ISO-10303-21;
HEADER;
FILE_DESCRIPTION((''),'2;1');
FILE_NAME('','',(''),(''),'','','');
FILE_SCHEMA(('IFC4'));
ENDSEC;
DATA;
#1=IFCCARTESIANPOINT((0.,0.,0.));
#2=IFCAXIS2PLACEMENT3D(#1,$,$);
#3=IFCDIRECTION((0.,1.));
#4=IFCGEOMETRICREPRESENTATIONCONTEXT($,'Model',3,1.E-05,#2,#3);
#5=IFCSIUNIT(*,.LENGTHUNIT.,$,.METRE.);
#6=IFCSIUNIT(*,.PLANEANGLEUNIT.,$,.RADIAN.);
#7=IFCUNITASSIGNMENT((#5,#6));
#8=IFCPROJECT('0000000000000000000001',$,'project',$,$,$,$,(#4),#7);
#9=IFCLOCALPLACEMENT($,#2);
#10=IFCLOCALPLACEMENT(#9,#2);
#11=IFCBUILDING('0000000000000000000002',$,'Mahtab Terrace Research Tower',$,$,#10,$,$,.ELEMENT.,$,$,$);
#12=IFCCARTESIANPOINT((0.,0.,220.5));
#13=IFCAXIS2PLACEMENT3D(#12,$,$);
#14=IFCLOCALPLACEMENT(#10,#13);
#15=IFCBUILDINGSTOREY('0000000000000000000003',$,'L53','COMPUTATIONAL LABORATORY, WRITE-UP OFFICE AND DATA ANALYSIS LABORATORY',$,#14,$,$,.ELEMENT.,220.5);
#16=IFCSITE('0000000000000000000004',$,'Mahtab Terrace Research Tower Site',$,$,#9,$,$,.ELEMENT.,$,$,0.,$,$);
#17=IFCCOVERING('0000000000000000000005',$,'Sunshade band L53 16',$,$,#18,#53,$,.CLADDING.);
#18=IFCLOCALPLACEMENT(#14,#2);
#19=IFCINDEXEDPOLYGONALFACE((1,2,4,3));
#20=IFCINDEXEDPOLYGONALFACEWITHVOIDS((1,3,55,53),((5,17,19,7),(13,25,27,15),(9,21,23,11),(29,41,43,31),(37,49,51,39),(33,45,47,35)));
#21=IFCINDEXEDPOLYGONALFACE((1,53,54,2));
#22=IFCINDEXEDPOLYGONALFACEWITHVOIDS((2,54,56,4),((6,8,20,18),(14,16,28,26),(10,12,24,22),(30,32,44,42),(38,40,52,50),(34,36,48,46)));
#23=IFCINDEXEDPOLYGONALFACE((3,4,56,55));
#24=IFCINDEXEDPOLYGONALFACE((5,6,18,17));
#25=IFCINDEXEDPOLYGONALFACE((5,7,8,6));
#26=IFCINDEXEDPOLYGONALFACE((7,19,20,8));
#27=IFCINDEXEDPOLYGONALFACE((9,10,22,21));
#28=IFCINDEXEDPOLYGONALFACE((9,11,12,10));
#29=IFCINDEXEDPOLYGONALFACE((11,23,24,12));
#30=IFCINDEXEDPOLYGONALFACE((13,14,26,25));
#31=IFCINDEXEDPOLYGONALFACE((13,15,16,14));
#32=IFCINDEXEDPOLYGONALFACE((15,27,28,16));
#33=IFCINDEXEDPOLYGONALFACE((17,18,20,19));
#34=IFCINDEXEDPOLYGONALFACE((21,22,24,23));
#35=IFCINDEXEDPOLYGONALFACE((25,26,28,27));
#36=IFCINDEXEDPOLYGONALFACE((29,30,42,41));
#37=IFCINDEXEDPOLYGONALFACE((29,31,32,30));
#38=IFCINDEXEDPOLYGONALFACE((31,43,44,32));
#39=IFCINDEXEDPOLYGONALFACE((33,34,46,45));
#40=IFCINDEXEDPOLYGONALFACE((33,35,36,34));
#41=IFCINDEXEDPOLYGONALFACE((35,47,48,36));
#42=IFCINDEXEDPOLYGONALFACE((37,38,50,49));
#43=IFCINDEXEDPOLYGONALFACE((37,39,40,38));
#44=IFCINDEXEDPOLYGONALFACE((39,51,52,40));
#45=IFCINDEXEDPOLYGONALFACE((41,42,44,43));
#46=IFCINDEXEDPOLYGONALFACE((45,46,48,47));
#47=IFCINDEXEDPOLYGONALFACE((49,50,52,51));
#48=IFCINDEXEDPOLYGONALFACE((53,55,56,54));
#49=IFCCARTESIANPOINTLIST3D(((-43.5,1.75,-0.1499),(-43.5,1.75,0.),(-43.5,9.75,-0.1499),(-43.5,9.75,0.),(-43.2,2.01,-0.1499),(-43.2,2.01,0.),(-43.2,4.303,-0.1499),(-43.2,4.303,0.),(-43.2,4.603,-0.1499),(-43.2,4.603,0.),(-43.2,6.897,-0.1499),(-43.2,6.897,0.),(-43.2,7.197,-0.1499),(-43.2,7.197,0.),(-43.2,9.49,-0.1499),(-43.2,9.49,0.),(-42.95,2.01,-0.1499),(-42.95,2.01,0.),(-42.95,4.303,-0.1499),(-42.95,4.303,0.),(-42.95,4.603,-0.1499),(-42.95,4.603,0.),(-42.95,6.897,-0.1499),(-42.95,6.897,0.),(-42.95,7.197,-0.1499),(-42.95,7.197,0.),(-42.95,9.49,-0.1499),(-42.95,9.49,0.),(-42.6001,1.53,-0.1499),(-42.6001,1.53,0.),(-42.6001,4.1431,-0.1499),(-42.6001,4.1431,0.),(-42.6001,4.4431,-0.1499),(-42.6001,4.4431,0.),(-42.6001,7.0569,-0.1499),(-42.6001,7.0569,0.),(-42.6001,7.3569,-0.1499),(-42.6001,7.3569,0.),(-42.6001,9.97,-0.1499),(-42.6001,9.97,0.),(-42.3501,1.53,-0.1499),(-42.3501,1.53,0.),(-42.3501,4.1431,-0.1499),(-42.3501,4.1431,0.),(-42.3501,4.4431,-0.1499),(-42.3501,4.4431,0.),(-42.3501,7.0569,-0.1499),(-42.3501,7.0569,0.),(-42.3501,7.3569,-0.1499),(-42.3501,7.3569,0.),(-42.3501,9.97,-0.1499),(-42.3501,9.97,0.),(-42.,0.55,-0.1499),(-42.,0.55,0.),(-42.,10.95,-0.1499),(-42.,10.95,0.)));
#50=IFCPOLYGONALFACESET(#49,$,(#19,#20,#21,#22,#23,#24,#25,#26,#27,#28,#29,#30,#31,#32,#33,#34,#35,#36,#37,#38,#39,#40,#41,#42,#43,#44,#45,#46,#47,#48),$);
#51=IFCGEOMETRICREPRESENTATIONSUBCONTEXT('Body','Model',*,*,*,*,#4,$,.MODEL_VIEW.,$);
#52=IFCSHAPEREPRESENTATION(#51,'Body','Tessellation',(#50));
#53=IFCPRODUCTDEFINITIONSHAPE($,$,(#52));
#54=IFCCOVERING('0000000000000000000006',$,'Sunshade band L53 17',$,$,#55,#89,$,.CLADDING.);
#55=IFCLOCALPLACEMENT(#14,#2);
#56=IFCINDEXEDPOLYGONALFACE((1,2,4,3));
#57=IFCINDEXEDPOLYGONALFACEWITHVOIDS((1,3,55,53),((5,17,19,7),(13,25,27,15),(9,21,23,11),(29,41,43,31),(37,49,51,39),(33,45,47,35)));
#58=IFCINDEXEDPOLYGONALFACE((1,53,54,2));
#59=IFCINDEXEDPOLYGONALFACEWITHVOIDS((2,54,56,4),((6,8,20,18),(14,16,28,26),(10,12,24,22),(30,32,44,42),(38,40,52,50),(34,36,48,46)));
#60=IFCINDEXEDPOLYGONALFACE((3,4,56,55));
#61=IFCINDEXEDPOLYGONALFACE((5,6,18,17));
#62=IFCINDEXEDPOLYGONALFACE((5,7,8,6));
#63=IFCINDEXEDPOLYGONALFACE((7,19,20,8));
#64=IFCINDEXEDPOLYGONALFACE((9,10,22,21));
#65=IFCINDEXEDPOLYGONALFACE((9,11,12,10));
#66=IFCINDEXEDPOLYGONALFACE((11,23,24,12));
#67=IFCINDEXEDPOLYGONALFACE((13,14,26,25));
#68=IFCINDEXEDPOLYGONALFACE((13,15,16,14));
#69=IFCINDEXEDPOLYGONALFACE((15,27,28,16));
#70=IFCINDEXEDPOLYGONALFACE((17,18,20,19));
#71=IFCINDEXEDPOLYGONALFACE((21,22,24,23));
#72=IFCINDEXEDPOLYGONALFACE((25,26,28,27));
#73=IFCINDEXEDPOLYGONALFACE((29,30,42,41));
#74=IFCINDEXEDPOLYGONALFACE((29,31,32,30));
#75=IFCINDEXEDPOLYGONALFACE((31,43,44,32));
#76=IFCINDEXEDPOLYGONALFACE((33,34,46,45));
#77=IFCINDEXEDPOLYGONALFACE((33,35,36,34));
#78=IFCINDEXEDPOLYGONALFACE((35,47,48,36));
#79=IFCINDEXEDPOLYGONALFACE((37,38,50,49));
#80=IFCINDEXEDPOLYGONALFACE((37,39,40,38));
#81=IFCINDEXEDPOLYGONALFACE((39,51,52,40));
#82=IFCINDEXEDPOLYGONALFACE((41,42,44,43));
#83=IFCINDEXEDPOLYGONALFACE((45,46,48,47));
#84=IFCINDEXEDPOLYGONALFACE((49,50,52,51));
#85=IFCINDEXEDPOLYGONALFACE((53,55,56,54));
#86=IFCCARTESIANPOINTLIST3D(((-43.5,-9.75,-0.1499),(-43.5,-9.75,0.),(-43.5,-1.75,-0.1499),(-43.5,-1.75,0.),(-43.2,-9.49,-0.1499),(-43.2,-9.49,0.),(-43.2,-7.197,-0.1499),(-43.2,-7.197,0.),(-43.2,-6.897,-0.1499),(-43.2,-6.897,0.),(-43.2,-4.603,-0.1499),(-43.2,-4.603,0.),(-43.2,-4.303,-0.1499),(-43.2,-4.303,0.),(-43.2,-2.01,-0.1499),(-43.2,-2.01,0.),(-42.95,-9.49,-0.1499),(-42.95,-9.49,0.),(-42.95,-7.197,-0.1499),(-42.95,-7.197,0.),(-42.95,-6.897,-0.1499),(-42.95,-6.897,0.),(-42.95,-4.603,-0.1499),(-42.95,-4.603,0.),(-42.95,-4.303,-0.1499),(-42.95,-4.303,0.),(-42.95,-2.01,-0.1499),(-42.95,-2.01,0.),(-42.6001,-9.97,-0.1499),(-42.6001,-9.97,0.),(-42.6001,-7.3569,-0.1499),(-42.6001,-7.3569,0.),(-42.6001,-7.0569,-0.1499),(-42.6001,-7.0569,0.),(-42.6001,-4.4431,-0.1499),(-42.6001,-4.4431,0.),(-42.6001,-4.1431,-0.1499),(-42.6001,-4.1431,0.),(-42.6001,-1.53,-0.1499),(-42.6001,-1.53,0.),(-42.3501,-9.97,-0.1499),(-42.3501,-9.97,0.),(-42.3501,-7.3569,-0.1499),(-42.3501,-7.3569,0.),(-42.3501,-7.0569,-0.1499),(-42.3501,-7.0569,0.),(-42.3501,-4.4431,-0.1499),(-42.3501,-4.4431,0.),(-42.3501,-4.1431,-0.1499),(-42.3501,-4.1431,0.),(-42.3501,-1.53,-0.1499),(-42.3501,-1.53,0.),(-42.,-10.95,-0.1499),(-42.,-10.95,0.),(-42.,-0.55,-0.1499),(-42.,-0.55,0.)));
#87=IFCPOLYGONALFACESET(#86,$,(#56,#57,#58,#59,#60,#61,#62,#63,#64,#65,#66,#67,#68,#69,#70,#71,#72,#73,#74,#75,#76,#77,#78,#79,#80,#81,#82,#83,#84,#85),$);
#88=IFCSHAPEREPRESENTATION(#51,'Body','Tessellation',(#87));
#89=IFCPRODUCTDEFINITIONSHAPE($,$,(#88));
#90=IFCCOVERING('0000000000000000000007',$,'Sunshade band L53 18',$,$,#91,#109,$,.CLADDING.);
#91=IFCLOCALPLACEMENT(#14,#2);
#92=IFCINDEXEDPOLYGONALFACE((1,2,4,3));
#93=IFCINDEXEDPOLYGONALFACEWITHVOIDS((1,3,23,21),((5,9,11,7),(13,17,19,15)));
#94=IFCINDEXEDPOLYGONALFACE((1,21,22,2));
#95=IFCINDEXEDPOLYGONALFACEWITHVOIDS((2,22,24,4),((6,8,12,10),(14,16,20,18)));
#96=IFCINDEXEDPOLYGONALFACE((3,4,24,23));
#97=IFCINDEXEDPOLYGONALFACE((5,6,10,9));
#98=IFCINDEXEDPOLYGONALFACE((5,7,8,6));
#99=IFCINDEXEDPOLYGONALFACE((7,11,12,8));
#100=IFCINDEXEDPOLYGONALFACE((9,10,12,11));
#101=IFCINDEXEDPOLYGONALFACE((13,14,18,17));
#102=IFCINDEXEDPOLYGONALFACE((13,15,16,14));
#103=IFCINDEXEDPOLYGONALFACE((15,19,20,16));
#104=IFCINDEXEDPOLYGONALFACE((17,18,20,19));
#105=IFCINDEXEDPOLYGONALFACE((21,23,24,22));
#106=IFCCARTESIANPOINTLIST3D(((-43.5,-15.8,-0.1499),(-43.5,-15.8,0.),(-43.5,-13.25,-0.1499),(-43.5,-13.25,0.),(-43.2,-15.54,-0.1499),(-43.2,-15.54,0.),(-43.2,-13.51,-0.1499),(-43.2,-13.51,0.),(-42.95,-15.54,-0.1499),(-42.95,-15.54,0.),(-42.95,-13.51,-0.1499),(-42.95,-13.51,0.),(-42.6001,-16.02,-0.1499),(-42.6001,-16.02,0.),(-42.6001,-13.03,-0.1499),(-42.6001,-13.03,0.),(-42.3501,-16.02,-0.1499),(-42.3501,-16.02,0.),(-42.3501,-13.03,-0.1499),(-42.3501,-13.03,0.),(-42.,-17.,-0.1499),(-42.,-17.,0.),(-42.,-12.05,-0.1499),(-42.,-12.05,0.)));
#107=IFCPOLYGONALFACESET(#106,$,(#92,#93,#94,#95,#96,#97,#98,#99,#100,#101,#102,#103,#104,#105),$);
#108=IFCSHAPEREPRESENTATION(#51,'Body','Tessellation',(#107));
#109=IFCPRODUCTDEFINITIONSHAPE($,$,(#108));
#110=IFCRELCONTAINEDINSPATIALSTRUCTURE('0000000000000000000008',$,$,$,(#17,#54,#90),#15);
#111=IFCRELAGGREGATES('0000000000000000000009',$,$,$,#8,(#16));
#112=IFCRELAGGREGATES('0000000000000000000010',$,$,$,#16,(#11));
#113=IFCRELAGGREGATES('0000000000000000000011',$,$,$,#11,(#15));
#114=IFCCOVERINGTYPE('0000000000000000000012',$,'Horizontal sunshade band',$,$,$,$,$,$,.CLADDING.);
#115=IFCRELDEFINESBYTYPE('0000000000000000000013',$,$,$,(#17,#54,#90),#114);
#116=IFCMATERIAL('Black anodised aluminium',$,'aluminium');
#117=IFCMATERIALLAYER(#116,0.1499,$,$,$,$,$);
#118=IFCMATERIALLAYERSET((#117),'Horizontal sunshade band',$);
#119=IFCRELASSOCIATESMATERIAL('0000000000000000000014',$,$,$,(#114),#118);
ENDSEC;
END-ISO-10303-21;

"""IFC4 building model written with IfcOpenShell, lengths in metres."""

from ifc_helpers import new_model, si_unit, direction, frame, origin, place, context, subcontext, project, spatial, polyline, outline, extrude, material, layer, layer_set, type_object, element, save


model = new_model("IFC4")

# Units and contexts
model_context = context("Model", 3, precision=1e-05, world=origin(), true_north=direction((0.0, 1.0)))
body_context = subcontext(model_context, "Body", "Model", "MODEL_VIEW")
ifc_project = project(units=[si_unit("LENGTHUNIT", "METRE"), si_unit("PLANEANGLEUNIT", "RADIAN")], contexts=[model_context])

# Site, building, storey
site_placement = place(None, origin())
site = spatial("IfcSite", under=ifc_project, at=site_placement, Name="Mahtab Terrace Research Tower Site", CompositionType="ELEMENT", RefElevation=0.0)
building_placement = place(site_placement, origin())
building = spatial("IfcBuilding", under=site, at=building_placement, Name="Mahtab Terrace Research Tower", CompositionType="ELEMENT")
storey_placement = place(building_placement, frame((0.0, 0.0, 220.5)))
storey = spatial("IfcBuildingStorey", under=building, at=storey_placement, Name="L53", Description="COMPUTATIONAL LABORATORY, WRITE-UP OFFICE AND DATA ANALYSIS LABORATORY", CompositionType="ELEMENT", Elevation=220.5)

# Coverings
ifc_material_1 = material(Name="Black anodised aluminium", Category="aluminium")
ifc_layer_1 = layer(ifc_material_1, 0.1499)
ifc_layer_set_1 = layer_set([ifc_layer_1], Name="Horizontal sunshade band")
covering_type = type_object("IfcCoveringType", Name="Horizontal sunshade band", PredefinedType="CLADDING", material=ifc_layer_set_1)
covering_1_placement = place(storey_placement, frame((0.0, 0.0, -0.1499)))
element("IfcCovering", 1, at=covering_1_placement, inside=storey, type_object=covering_type, Name="Sunshade band L53 16", PredefinedType="CLADDING", context=body_context, shape_type="SweptSolid", body=[
    extrude(outline(polyline([(-42.0, 10.95), (-42.0, 0.55), (-43.5, 1.75), (-43.5, 9.75), (-42.0, 10.95)]), holes=[polyline([(-42.3501, 9.97), (-42.3501, 7.3569), (-42.6001, 7.3569), (-42.6001, 9.97), (-42.3501, 9.97)]), polyline([(-42.3501, 7.0569), (-42.3501, 4.4431), (-42.6001, 4.4431), (-42.6001, 7.0569), (-42.3501, 7.0569)]), polyline([(-42.3501, 4.1431), (-42.3501, 1.53), (-42.6001, 1.53), (-42.6001, 4.1431), (-42.3501, 4.1431)]), polyline([(-42.95, 9.49), (-42.95, 7.197), (-43.2, 7.197), (-43.2, 9.49), (-42.95, 9.49)]), polyline([(-42.95, 6.897), (-42.95, 4.603), (-43.2, 4.603), (-43.2, 6.897), (-42.95, 6.897)]), polyline([(-42.95, 4.303), (-42.95, 2.01), (-43.2, 2.01), (-43.2, 4.303), (-42.95, 4.303)])]), origin(), (0.0, 0.0, 1.0), 0.1499),
])
covering_2_placement = place(storey_placement, frame((0.0, 0.0, -0.1499)))
element("IfcCovering", 2, at=covering_2_placement, inside=storey, type_object=covering_type, Name="Sunshade band L53 17", PredefinedType="CLADDING", context=body_context, shape_type="SweptSolid", body=[
    extrude(outline(polyline([(-42.0, -0.55), (-42.0, -10.95), (-43.5, -9.75), (-43.5, -1.75), (-42.0, -0.55)]), holes=[polyline([(-42.3501, -1.53), (-42.3501, -4.1431), (-42.6001, -4.1431), (-42.6001, -1.53), (-42.3501, -1.53)]), polyline([(-42.3501, -4.4431), (-42.3501, -7.0569), (-42.6001, -7.0569), (-42.6001, -4.4431), (-42.3501, -4.4431)]), polyline([(-42.3501, -7.3569), (-42.3501, -9.97), (-42.6001, -9.97), (-42.6001, -7.3569), (-42.3501, -7.3569)]), polyline([(-42.95, -2.01), (-42.95, -4.303), (-43.2, -4.303), (-43.2, -2.01), (-42.95, -2.01)]), polyline([(-42.95, -4.603), (-42.95, -6.897), (-43.2, -6.897), (-43.2, -4.603), (-42.95, -4.603)]), polyline([(-42.95, -7.197), (-42.95, -9.49), (-43.2, -9.49), (-43.2, -7.197), (-42.95, -7.197)])]), origin(), (0.0, 0.0, 1.0), 0.1499),
])
covering_3_placement = place(storey_placement, frame((0.0, 0.0, -0.1499)))
element("IfcCovering", 3, at=covering_3_placement, inside=storey, type_object=covering_type, Name="Sunshade band L53 18", PredefinedType="CLADDING", context=body_context, shape_type="SweptSolid", body=[
    extrude(outline(polyline([(-42.0, -12.05), (-42.0, -17.0), (-43.5, -15.8), (-43.5, -13.25), (-42.0, -12.05)]), holes=[polyline([(-42.3501, -13.03), (-42.3501, -16.02), (-42.6001, -16.02), (-42.6001, -13.03), (-42.3501, -13.03)]), polyline([(-42.95, -13.51), (-42.95, -15.54), (-43.2, -15.54), (-43.2, -13.51), (-42.95, -13.51)])]), origin(), (0.0, 0.0, 1.0), 0.1499),
])

save(model, "model.ifc")
